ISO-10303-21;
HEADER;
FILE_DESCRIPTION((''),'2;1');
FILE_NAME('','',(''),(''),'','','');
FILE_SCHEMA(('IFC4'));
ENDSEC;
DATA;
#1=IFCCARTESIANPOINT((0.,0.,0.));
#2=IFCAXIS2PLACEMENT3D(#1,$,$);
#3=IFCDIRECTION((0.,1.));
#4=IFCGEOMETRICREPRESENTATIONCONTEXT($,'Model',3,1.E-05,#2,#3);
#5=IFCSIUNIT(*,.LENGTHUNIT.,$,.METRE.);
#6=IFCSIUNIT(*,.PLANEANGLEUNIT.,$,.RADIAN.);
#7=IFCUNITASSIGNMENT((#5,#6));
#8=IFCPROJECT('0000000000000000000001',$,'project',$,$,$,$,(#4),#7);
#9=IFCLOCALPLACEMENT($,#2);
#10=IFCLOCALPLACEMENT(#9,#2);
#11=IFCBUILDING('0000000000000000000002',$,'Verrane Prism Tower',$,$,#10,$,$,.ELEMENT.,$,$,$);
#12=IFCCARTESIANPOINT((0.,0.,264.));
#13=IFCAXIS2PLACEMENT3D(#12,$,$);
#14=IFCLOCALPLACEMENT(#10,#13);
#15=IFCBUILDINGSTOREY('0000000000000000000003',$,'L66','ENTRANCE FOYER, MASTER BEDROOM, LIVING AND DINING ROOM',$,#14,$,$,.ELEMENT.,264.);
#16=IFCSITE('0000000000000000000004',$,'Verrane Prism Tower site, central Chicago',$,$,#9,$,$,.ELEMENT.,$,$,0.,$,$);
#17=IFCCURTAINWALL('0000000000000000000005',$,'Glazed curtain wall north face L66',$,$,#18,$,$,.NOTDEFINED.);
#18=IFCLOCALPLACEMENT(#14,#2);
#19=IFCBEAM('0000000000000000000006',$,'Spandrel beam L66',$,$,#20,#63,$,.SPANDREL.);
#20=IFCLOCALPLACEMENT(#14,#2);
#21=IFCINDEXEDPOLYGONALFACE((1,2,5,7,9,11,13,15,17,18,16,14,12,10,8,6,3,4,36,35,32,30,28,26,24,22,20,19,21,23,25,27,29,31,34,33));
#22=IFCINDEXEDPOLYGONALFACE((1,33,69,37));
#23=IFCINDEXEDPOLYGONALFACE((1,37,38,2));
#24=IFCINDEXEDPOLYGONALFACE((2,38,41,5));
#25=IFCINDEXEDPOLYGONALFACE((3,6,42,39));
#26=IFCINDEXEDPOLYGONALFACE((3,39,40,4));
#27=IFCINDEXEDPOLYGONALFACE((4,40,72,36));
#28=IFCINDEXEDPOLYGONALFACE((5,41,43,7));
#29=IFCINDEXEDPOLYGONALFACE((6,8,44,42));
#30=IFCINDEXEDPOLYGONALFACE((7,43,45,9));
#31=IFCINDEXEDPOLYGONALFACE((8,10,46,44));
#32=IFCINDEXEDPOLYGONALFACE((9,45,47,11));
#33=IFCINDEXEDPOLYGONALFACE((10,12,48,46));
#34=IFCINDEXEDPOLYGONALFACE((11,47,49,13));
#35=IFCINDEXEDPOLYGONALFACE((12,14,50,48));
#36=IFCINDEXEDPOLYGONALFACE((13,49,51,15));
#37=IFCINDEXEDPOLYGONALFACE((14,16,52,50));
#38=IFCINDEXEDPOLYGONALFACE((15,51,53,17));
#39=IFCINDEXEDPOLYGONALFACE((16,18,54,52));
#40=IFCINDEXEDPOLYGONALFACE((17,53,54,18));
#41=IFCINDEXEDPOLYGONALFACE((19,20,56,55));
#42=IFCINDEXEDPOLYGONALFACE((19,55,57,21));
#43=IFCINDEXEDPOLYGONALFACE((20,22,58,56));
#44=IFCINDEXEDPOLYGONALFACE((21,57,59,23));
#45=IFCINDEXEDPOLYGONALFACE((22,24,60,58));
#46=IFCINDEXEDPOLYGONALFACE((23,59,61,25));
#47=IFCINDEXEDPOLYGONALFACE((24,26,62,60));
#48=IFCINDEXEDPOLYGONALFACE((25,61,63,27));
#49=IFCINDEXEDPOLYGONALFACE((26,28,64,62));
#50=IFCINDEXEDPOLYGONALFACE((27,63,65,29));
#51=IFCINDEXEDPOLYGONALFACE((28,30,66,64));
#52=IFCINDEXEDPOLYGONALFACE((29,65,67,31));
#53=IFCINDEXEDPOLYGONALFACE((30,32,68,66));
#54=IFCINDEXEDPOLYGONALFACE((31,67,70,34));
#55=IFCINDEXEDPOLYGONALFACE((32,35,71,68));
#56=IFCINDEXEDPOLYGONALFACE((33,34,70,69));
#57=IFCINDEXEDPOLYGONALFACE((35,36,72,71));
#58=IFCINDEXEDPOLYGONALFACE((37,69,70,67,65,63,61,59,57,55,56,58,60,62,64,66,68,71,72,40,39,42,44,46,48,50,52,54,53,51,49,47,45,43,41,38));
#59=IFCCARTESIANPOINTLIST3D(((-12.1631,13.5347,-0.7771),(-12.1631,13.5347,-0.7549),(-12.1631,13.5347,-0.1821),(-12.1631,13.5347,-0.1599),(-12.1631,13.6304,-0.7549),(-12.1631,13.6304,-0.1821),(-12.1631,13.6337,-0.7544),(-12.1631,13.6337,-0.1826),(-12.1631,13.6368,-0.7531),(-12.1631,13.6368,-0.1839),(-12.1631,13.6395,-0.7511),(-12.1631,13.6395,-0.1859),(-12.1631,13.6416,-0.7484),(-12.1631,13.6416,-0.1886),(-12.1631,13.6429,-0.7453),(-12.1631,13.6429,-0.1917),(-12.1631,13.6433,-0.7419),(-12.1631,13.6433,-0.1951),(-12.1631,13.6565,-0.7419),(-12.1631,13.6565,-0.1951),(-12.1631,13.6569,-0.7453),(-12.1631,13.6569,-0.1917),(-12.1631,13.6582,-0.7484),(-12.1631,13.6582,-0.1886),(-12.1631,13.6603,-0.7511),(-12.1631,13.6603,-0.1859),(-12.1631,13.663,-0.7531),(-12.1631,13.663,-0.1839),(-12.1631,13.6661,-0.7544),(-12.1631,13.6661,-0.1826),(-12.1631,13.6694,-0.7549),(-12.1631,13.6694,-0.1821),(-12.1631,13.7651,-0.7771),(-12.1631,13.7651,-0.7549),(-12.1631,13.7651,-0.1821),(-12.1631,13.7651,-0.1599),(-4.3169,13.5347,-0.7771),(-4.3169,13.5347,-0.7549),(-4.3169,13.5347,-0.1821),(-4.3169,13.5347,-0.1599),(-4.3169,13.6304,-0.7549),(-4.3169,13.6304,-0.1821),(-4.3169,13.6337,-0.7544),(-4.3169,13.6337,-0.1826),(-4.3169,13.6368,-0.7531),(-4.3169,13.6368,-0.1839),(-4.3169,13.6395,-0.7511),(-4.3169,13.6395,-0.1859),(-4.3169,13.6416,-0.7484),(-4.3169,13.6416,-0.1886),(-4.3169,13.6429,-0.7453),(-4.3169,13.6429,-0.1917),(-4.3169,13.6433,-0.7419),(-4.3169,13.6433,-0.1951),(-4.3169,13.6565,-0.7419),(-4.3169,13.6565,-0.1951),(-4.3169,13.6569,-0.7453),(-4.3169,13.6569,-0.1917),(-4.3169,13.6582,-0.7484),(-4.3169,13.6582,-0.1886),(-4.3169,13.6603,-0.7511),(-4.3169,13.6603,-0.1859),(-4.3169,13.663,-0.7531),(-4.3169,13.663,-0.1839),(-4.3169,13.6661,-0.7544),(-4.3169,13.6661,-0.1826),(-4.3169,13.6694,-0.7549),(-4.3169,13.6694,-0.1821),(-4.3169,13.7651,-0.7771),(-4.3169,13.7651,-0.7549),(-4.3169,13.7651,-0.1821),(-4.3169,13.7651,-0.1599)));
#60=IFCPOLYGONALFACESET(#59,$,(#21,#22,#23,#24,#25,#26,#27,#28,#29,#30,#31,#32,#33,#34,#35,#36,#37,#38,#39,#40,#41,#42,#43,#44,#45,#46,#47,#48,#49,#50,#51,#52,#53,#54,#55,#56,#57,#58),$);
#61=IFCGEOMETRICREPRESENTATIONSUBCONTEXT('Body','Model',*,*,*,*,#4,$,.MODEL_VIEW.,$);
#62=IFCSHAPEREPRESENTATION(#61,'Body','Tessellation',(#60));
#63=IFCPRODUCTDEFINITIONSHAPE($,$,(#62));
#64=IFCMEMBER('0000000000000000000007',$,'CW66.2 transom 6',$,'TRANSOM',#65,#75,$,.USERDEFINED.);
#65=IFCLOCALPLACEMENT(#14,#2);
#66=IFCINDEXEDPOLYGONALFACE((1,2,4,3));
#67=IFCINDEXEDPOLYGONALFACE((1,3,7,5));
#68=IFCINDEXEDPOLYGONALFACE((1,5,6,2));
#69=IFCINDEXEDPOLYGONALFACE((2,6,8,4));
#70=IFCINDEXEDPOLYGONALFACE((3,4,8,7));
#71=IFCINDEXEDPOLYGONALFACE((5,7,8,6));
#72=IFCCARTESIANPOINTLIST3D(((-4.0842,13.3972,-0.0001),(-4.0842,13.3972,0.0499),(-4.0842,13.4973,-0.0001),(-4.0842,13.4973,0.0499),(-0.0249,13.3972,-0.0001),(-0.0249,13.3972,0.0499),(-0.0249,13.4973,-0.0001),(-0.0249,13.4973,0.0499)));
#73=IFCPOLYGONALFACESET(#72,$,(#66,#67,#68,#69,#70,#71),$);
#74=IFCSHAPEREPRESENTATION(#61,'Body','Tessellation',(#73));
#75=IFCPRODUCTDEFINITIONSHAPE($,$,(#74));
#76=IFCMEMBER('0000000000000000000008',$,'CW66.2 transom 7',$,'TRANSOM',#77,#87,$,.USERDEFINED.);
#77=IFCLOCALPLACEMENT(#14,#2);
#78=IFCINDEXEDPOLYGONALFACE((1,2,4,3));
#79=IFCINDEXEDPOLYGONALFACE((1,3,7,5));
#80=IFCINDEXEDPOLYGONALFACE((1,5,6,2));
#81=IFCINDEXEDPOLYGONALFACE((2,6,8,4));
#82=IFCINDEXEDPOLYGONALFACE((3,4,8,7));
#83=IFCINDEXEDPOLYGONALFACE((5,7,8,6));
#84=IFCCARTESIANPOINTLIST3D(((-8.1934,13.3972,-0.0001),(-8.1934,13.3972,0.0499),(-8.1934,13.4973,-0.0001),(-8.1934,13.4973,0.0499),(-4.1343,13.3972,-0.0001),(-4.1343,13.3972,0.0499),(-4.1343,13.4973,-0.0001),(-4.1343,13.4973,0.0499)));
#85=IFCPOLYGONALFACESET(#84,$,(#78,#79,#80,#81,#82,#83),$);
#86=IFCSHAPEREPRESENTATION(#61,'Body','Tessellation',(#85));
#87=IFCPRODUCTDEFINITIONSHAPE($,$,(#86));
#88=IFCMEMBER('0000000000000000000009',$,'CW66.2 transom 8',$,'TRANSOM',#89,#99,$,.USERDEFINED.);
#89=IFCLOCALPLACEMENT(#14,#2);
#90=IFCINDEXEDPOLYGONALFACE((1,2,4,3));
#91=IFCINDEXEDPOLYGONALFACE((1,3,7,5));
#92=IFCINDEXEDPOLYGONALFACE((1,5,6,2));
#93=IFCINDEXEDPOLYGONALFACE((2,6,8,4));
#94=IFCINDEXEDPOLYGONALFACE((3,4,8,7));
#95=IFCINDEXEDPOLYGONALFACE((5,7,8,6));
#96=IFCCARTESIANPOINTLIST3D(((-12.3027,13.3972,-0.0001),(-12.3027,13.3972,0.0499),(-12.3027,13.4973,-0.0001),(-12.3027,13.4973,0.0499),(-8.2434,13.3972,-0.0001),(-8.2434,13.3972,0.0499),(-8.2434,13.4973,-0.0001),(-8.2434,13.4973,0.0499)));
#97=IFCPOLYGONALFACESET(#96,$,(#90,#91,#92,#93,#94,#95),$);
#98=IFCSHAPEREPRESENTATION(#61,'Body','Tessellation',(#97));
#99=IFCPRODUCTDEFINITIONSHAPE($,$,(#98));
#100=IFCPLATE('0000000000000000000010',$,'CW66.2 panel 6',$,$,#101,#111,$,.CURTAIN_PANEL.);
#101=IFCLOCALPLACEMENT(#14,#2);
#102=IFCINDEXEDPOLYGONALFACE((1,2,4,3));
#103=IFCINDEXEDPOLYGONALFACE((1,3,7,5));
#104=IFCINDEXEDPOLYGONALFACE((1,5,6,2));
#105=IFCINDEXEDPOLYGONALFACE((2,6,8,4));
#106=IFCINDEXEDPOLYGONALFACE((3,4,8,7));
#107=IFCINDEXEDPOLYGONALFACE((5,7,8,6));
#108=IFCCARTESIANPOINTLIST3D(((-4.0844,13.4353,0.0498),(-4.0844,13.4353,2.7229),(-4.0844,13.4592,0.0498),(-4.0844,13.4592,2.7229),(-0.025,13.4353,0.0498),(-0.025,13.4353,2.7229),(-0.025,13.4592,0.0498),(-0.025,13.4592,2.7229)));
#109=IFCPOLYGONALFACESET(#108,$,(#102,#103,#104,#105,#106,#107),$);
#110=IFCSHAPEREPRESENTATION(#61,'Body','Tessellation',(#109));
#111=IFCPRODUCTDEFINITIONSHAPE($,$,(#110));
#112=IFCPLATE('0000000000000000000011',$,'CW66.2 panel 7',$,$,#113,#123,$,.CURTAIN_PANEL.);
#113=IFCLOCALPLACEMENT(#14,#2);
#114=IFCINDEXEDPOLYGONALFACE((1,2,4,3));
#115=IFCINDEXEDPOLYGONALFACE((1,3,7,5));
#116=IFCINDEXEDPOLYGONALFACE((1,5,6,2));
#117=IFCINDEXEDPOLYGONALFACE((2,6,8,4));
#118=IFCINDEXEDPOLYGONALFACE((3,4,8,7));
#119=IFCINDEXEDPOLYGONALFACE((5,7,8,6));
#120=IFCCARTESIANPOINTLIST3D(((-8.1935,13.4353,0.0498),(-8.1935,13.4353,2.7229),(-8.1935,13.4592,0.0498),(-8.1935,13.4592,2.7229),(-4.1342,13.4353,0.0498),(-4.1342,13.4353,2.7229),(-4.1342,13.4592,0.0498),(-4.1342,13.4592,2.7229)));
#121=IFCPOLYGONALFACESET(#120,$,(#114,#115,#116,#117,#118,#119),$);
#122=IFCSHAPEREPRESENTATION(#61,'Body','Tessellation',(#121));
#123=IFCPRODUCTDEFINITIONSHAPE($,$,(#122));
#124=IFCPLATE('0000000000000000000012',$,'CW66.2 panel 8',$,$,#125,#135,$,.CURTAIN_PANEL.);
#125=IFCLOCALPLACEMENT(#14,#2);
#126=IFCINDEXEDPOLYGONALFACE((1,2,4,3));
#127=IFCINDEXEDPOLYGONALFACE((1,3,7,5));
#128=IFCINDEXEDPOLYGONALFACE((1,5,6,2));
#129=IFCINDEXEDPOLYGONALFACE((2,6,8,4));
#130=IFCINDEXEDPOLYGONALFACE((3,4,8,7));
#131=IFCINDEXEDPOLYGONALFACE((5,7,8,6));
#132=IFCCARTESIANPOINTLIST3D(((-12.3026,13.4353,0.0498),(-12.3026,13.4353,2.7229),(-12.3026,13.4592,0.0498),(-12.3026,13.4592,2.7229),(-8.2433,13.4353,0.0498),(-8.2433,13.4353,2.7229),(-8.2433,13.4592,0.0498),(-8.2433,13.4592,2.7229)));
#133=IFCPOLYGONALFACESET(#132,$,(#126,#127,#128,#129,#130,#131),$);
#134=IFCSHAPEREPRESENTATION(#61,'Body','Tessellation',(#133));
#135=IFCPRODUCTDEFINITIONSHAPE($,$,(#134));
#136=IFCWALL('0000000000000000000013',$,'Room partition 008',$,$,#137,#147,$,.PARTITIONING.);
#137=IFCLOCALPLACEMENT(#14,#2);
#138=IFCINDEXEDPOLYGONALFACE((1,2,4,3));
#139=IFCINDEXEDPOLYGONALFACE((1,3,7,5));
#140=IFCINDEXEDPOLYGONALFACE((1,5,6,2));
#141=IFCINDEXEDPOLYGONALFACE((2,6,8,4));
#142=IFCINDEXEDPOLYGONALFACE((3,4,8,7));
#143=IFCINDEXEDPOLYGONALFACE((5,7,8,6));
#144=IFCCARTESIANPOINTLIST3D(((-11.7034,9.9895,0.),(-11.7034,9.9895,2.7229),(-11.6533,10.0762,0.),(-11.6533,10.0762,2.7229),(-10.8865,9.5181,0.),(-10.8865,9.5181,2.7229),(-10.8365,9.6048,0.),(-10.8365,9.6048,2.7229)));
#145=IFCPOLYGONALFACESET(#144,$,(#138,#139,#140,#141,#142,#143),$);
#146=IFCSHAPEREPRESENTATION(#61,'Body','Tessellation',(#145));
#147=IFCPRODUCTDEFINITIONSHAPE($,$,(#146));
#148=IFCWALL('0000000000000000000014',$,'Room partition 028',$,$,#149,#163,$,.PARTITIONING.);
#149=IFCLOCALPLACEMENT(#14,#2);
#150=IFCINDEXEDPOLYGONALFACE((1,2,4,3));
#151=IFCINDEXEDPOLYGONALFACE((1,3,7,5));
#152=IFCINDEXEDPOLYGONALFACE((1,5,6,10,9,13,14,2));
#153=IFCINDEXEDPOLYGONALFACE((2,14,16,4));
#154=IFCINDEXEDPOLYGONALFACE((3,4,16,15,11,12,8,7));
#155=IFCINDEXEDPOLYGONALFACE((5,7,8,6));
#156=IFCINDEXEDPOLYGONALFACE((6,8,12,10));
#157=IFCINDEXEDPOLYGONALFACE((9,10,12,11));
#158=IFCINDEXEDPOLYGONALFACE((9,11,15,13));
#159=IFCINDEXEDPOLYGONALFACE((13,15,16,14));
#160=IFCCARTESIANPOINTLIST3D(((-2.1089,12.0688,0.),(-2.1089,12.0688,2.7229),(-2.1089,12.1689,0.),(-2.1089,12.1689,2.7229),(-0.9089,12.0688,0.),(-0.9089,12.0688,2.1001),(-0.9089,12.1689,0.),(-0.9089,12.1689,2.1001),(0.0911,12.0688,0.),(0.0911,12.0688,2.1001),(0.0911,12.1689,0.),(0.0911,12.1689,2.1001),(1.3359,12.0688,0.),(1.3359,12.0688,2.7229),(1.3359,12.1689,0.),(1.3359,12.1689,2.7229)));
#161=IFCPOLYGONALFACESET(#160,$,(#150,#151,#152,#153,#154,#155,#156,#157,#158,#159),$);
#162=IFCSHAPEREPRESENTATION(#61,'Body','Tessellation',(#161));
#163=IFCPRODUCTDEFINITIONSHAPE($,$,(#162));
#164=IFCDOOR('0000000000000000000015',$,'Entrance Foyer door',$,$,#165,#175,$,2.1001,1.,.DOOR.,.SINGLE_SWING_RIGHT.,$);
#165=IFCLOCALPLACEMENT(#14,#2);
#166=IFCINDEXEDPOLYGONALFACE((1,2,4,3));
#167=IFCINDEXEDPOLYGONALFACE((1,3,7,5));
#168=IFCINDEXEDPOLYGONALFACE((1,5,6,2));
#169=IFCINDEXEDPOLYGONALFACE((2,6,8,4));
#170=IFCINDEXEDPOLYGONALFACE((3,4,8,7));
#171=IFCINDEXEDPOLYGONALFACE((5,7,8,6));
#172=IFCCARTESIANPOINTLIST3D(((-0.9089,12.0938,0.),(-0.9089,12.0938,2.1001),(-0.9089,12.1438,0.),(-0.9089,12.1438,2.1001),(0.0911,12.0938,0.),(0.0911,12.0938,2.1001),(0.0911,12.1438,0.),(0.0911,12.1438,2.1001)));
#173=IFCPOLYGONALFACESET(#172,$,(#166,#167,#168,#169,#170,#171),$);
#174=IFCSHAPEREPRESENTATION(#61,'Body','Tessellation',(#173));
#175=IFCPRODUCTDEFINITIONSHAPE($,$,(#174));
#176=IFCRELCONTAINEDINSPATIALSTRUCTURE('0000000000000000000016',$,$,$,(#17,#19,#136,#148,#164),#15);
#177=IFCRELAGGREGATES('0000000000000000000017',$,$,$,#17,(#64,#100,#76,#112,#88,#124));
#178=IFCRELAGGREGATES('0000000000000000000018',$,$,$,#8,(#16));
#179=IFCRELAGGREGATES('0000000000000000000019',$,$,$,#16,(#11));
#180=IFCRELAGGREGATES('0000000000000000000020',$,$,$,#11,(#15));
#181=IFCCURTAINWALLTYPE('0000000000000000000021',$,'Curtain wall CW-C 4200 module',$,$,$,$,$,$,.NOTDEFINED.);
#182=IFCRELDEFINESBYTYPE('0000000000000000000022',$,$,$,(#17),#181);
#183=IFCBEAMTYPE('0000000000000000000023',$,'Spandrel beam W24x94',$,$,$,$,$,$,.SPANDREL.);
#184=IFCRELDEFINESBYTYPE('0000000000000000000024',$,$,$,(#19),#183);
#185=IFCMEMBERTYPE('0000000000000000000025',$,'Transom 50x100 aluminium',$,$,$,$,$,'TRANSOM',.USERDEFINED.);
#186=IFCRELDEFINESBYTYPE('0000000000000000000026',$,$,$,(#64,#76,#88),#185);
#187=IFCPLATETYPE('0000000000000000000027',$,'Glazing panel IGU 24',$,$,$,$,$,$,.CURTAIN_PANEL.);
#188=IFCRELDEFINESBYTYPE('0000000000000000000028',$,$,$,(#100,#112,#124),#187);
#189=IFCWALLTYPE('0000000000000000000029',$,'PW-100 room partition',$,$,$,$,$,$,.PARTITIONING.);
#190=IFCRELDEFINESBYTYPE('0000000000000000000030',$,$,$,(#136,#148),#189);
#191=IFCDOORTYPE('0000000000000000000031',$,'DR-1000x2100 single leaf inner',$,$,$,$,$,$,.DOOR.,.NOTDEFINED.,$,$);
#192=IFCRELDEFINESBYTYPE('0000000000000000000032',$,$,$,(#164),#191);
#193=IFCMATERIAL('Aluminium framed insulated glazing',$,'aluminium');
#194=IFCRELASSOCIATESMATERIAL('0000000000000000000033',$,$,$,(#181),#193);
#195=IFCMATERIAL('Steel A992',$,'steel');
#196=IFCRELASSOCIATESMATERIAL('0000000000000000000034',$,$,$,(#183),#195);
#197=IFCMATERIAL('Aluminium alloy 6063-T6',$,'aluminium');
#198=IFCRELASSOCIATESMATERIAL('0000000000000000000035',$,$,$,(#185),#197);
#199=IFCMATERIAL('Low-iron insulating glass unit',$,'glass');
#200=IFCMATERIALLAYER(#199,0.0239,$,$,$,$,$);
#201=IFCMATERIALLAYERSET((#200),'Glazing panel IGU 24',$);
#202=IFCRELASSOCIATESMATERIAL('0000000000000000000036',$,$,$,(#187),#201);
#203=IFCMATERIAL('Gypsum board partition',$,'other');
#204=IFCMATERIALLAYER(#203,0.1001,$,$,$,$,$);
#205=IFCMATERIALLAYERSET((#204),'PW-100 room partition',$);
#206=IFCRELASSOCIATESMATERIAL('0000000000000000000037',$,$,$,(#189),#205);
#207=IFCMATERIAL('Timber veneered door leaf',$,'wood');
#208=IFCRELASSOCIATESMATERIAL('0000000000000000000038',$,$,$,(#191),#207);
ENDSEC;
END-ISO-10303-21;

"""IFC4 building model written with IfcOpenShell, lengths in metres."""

from ifc_helpers import new_model, si_unit, direction, frame, frame_2d, origin, origin_2d, place, context, subcontext, project, spatial, rectangle, i_section, extrude, material, layer, layer_set, material_profile, profile_set, type_object, element, fill, aggregate, save


model = new_model("IFC4")

# Units and contexts
model_context = context("Model", 3, precision=1e-05, world=origin(), true_north=direction((0.0, 1.0)))
body_context = subcontext(model_context, "Body", "Model", "MODEL_VIEW")
ifc_project = project(units=[si_unit("LENGTHUNIT", "METRE"), si_unit("PLANEANGLEUNIT", "RADIAN")], contexts=[model_context])

# Site, building, storey
site_placement = place(None, origin())
site = spatial("IfcSite", under=ifc_project, at=site_placement, Name="Verrane Prism Tower site, central Chicago", CompositionType="ELEMENT", RefElevation=0.0)
building_placement = place(site_placement, origin())
building = spatial("IfcBuilding", under=site, at=building_placement, Name="Verrane Prism Tower", CompositionType="ELEMENT")
storey_placement = place(building_placement, frame((0.0, 0.0, 264.0)))
storey = spatial("IfcBuildingStorey", under=building, at=storey_placement, Name="L66", Description="ENTRANCE FOYER, MASTER BEDROOM, LIVING AND DINING ROOM", CompositionType="ELEMENT", Elevation=264.0)

# Curtain wall
ifc_material_1 = material(Name="Aluminium framed insulated glazing", Category="aluminium")
curtain_wall_type = type_object("IfcCurtainWallType", Name="Curtain wall CW-C 4200 module", PredefinedType="NOTDEFINED", material=ifc_material_1)
curtain_wall_placement = place(storey_placement, origin())
curtain_wall = element("IfcCurtainWall", 1, at=curtain_wall_placement, inside=storey, type_object=curtain_wall_type, Name="Glazed curtain wall north face L66", PredefinedType="NOTDEFINED")

# Beam
ifc_material_2 = material(Name="Steel A992", Category="steel")
ifc_material_profile_1 = material_profile(ifc_material_2, i_section(OverallWidth=0.2305, OverallDepth=0.6172, WebThickness=0.0132, FlangeThickness=0.0222, FilletRadius=0.0129, at=origin_2d()), Name="W24x94")
ifc_profile_set_1 = profile_set([ifc_material_profile_1], Name="Steel A992")
beam_type_1 = type_object("IfcBeamType", Name="Spandrel beam W24x94", PredefinedType="SPANDREL", material=ifc_profile_set_1)
beam_1_placement = place(storey_placement, frame((-4.3169, 13.6499, -0.4685), z_axis=(-1.0, 0.0, 0.0), x_axis=(0.0, -1.0, 0.0)))
element("IfcBeam", 2, at=beam_1_placement, inside=storey, type_object=beam_type_1, Name="Spandrel beam L66", PredefinedType="SPANDREL", context=body_context, shape_type="SweptSolid", body=[
    extrude(i_section(OverallWidth=0.2305, OverallDepth=0.6172, WebThickness=0.0132, FlangeThickness=0.0222, FilletRadius=0.0129, at=origin_2d()), origin(), (0.0, 0.0, 1.0), 7.8462),
])

# Members
ifc_material_3 = material(Name="Aluminium alloy 6063-T6", Category="aluminium")
ifc_material_profile_2 = material_profile(ifc_material_3, rectangle(XDim=0.1001, YDim=0.05, at=origin_2d()), Name="Transom 50x100 aluminium")
ifc_profile_set_2 = profile_set([ifc_material_profile_2], Name="Aluminium alloy 6063-T6")
member_type_1 = type_object("IfcMemberType", Name="Transom 50x100 aluminium", ElementType="TRANSOM", PredefinedType="USERDEFINED", material=ifc_profile_set_2)
member_1_placement = place(storey_placement, frame((-0.0249, 13.4473, 0.0249), z_axis=(-1.0, 0.0, 0.0), x_axis=(0.0, -1.0, 0.0)))
member_1 = element("IfcMember", 3, at=member_1_placement, type_object=member_type_1, Name="CW66.2 transom 6", ObjectType="TRANSOM", PredefinedType="USERDEFINED", context=body_context, shape_type="SweptSolid", body=[
    extrude(rectangle(XDim=0.1001, YDim=0.05, at=origin_2d()), origin(), (0.0, 0.0, 1.0), 4.0593),
])
member_2_placement = place(storey_placement, frame((-4.1343, 13.4473, 0.0249), z_axis=(-1.0, 0.0, 0.0), x_axis=(0.0, -1.0, 0.0)))
member_2 = element("IfcMember", 4, at=member_2_placement, type_object=member_type_1, Name="CW66.2 transom 7", ObjectType="TRANSOM", PredefinedType="USERDEFINED", context=body_context, shape_type="SweptSolid", body=[
    extrude(rectangle(XDim=0.1001, YDim=0.05, at=origin_2d()), origin(), (0.0, 0.0, 1.0), 4.0591),
])
member_3_placement = place(storey_placement, frame((-8.2434, 13.4473, 0.0249), z_axis=(-1.0, 0.0, 0.0), x_axis=(0.0, -1.0, 0.0)))
member_3 = element("IfcMember", 5, at=member_3_placement, type_object=member_type_1, Name="CW66.2 transom 8", ObjectType="TRANSOM", PredefinedType="USERDEFINED", context=body_context, shape_type="SweptSolid", body=[
    extrude(rectangle(XDim=0.1001, YDim=0.05, at=origin_2d()), origin(), (0.0, 0.0, 1.0), 4.0593),
])

# Plates
ifc_material_4 = material(Name="Low-iron insulating glass unit", Category="glass")
ifc_layer_1 = layer(ifc_material_4, 0.0239)
ifc_layer_set_1 = layer_set([ifc_layer_1], Name="Glazing panel IGU 24")
plate_type = type_object("IfcPlateType", Name="Glazing panel IGU 24", PredefinedType="CURTAIN_PANEL", material=ifc_layer_set_1)
plate_1_placement = place(storey_placement, frame((-2.0547, 13.4473, 0.0498), z_axis=(0.0, 0.0, 1.0), x_axis=(-1.0, 0.0, 0.0)))
plate_1 = element("IfcPlate", 6, at=plate_1_placement, type_object=plate_type, Name="CW66.2 panel 6", PredefinedType="CURTAIN_PANEL", context=body_context, shape_type="SweptSolid", body=[
    extrude(rectangle(XDim=4.0593, YDim=0.0239, at=origin_2d()), origin(), (0.0, 0.0, 1.0), 2.6731),
])
plate_2_placement = place(storey_placement, frame((-6.1638, 13.4473, 0.0498), z_axis=(0.0, 0.0, 1.0), x_axis=(-1.0, 0.0, 0.0)))
plate_2 = element("IfcPlate", 7, at=plate_2_placement, type_object=plate_type, Name="CW66.2 panel 7", PredefinedType="CURTAIN_PANEL", context=body_context, shape_type="SweptSolid", body=[
    extrude(rectangle(XDim=4.0593, YDim=0.0239, at=origin_2d()), origin(), (0.0, 0.0, 1.0), 2.6731),
])
plate_3_placement = place(storey_placement, frame((-10.2729, 13.4473, 0.0498), z_axis=(0.0, 0.0, 1.0), x_axis=(-1.0, 0.0, 0.0)))
plate_3 = element("IfcPlate", 8, at=plate_3_placement, type_object=plate_type, Name="CW66.2 panel 8", PredefinedType="CURTAIN_PANEL", context=body_context, shape_type="SweptSolid", body=[
    extrude(rectangle(XDim=4.0593, YDim=0.0239, at=origin_2d()), origin(), (0.0, 0.0, 1.0), 2.6731),
])
aggregate(curtain_wall, [member_1, plate_1, member_2, plate_2, member_3, plate_3])

# Wall
ifc_material_5 = material(Name="Gypsum board partition", Category="other")
ifc_layer_2 = layer(ifc_material_5, 0.1001)
ifc_layer_set_2 = layer_set([ifc_layer_2], Name="PW-100 room partition")
wall_type_1 = type_object("IfcWallType", Name="PW-100 room partition", PredefinedType="PARTITIONING", material=ifc_layer_set_2)
wall_1_placement = place(storey_placement, frame((-11.6785, 10.033, 0.0), z_axis=(0.0, 0.0, 1.0), x_axis=(0.866117, -0.499842, 0.0)))
element("IfcWall", 9, at=wall_1_placement, inside=storey, type_object=wall_type_1, Name="Room partition 008", PredefinedType="PARTITIONING", context=body_context, shape_type="SweptSolid", body=[
    extrude(rectangle(XDim=0.9431, YDim=0.1001, at=frame_2d((0.4717, 0.0))), origin(), (0.0, 0.0, 1.0), 2.7229),
])

# Wall, opening, door
wall_2_placement = place(storey_placement, frame((-2.1089, 12.1189, 0.0), z_axis=(0.0, 0.0, 1.0), x_axis=(1.0, 0.0, 0.0)))
wall_2 = element("IfcWall", 10, at=wall_2_placement, inside=storey, type_object=wall_type_1, Name="Room partition 028", PredefinedType="PARTITIONING", context=body_context, shape_type="SweptSolid", body=[
    extrude(rectangle(XDim=3.4448, YDim=0.1001, at=frame_2d((1.7224, 0.0))), origin(), (0.0, 0.0, 1.0), 2.7229),
])
opening_1_placement = place(wall_2_placement, frame((1.2, 0.0, 0.0)))
opening_1 = element("IfcOpeningElement", 11, at=opening_1_placement, cuts=wall_2, PredefinedType="OPENING", context=body_context, shape_type="SweptSolid", body=[
    extrude(rectangle(XDim=1.0, YDim=2.1001, at=frame_2d((0.5, 1.05))), frame((0.0, 0.0601, 0.0), z_axis=(0.0, -1.0, 0.0), x_axis=(1.0, 0.0, 0.0)), (0.0, 0.0, 1.0), 0.1201),
])
ifc_material_6 = material(Name="Timber veneered door leaf", Category="wood")
door_type_1 = type_object("IfcDoorType", Name="DR-1000x2100 single leaf inner", OperationType="NOTDEFINED", PredefinedType="DOOR", material=ifc_material_6)
door_1_placement = place(opening_1_placement, origin())
door_1 = element("IfcDoor", 12, at=door_1_placement, inside=storey, type_object=door_type_1, Name="Entrance Foyer door", OperationType="SINGLE_SWING_RIGHT", OverallHeight=2.1001, OverallWidth=1.0, PredefinedType="DOOR", context=body_context, shape_type="SweptSolid", body=[
    extrude(rectangle(XDim=1.0, YDim=2.1001, at=frame_2d((0.5, 1.05))), frame((0.0, 0.0249, 0.0), z_axis=(0.0, -1.0, 0.0), x_axis=(1.0, 0.0, 0.0)), (0.0, 0.0, 1.0), 0.05),
])
fill(opening_1, door_1)

save(model, "model.ifc")
